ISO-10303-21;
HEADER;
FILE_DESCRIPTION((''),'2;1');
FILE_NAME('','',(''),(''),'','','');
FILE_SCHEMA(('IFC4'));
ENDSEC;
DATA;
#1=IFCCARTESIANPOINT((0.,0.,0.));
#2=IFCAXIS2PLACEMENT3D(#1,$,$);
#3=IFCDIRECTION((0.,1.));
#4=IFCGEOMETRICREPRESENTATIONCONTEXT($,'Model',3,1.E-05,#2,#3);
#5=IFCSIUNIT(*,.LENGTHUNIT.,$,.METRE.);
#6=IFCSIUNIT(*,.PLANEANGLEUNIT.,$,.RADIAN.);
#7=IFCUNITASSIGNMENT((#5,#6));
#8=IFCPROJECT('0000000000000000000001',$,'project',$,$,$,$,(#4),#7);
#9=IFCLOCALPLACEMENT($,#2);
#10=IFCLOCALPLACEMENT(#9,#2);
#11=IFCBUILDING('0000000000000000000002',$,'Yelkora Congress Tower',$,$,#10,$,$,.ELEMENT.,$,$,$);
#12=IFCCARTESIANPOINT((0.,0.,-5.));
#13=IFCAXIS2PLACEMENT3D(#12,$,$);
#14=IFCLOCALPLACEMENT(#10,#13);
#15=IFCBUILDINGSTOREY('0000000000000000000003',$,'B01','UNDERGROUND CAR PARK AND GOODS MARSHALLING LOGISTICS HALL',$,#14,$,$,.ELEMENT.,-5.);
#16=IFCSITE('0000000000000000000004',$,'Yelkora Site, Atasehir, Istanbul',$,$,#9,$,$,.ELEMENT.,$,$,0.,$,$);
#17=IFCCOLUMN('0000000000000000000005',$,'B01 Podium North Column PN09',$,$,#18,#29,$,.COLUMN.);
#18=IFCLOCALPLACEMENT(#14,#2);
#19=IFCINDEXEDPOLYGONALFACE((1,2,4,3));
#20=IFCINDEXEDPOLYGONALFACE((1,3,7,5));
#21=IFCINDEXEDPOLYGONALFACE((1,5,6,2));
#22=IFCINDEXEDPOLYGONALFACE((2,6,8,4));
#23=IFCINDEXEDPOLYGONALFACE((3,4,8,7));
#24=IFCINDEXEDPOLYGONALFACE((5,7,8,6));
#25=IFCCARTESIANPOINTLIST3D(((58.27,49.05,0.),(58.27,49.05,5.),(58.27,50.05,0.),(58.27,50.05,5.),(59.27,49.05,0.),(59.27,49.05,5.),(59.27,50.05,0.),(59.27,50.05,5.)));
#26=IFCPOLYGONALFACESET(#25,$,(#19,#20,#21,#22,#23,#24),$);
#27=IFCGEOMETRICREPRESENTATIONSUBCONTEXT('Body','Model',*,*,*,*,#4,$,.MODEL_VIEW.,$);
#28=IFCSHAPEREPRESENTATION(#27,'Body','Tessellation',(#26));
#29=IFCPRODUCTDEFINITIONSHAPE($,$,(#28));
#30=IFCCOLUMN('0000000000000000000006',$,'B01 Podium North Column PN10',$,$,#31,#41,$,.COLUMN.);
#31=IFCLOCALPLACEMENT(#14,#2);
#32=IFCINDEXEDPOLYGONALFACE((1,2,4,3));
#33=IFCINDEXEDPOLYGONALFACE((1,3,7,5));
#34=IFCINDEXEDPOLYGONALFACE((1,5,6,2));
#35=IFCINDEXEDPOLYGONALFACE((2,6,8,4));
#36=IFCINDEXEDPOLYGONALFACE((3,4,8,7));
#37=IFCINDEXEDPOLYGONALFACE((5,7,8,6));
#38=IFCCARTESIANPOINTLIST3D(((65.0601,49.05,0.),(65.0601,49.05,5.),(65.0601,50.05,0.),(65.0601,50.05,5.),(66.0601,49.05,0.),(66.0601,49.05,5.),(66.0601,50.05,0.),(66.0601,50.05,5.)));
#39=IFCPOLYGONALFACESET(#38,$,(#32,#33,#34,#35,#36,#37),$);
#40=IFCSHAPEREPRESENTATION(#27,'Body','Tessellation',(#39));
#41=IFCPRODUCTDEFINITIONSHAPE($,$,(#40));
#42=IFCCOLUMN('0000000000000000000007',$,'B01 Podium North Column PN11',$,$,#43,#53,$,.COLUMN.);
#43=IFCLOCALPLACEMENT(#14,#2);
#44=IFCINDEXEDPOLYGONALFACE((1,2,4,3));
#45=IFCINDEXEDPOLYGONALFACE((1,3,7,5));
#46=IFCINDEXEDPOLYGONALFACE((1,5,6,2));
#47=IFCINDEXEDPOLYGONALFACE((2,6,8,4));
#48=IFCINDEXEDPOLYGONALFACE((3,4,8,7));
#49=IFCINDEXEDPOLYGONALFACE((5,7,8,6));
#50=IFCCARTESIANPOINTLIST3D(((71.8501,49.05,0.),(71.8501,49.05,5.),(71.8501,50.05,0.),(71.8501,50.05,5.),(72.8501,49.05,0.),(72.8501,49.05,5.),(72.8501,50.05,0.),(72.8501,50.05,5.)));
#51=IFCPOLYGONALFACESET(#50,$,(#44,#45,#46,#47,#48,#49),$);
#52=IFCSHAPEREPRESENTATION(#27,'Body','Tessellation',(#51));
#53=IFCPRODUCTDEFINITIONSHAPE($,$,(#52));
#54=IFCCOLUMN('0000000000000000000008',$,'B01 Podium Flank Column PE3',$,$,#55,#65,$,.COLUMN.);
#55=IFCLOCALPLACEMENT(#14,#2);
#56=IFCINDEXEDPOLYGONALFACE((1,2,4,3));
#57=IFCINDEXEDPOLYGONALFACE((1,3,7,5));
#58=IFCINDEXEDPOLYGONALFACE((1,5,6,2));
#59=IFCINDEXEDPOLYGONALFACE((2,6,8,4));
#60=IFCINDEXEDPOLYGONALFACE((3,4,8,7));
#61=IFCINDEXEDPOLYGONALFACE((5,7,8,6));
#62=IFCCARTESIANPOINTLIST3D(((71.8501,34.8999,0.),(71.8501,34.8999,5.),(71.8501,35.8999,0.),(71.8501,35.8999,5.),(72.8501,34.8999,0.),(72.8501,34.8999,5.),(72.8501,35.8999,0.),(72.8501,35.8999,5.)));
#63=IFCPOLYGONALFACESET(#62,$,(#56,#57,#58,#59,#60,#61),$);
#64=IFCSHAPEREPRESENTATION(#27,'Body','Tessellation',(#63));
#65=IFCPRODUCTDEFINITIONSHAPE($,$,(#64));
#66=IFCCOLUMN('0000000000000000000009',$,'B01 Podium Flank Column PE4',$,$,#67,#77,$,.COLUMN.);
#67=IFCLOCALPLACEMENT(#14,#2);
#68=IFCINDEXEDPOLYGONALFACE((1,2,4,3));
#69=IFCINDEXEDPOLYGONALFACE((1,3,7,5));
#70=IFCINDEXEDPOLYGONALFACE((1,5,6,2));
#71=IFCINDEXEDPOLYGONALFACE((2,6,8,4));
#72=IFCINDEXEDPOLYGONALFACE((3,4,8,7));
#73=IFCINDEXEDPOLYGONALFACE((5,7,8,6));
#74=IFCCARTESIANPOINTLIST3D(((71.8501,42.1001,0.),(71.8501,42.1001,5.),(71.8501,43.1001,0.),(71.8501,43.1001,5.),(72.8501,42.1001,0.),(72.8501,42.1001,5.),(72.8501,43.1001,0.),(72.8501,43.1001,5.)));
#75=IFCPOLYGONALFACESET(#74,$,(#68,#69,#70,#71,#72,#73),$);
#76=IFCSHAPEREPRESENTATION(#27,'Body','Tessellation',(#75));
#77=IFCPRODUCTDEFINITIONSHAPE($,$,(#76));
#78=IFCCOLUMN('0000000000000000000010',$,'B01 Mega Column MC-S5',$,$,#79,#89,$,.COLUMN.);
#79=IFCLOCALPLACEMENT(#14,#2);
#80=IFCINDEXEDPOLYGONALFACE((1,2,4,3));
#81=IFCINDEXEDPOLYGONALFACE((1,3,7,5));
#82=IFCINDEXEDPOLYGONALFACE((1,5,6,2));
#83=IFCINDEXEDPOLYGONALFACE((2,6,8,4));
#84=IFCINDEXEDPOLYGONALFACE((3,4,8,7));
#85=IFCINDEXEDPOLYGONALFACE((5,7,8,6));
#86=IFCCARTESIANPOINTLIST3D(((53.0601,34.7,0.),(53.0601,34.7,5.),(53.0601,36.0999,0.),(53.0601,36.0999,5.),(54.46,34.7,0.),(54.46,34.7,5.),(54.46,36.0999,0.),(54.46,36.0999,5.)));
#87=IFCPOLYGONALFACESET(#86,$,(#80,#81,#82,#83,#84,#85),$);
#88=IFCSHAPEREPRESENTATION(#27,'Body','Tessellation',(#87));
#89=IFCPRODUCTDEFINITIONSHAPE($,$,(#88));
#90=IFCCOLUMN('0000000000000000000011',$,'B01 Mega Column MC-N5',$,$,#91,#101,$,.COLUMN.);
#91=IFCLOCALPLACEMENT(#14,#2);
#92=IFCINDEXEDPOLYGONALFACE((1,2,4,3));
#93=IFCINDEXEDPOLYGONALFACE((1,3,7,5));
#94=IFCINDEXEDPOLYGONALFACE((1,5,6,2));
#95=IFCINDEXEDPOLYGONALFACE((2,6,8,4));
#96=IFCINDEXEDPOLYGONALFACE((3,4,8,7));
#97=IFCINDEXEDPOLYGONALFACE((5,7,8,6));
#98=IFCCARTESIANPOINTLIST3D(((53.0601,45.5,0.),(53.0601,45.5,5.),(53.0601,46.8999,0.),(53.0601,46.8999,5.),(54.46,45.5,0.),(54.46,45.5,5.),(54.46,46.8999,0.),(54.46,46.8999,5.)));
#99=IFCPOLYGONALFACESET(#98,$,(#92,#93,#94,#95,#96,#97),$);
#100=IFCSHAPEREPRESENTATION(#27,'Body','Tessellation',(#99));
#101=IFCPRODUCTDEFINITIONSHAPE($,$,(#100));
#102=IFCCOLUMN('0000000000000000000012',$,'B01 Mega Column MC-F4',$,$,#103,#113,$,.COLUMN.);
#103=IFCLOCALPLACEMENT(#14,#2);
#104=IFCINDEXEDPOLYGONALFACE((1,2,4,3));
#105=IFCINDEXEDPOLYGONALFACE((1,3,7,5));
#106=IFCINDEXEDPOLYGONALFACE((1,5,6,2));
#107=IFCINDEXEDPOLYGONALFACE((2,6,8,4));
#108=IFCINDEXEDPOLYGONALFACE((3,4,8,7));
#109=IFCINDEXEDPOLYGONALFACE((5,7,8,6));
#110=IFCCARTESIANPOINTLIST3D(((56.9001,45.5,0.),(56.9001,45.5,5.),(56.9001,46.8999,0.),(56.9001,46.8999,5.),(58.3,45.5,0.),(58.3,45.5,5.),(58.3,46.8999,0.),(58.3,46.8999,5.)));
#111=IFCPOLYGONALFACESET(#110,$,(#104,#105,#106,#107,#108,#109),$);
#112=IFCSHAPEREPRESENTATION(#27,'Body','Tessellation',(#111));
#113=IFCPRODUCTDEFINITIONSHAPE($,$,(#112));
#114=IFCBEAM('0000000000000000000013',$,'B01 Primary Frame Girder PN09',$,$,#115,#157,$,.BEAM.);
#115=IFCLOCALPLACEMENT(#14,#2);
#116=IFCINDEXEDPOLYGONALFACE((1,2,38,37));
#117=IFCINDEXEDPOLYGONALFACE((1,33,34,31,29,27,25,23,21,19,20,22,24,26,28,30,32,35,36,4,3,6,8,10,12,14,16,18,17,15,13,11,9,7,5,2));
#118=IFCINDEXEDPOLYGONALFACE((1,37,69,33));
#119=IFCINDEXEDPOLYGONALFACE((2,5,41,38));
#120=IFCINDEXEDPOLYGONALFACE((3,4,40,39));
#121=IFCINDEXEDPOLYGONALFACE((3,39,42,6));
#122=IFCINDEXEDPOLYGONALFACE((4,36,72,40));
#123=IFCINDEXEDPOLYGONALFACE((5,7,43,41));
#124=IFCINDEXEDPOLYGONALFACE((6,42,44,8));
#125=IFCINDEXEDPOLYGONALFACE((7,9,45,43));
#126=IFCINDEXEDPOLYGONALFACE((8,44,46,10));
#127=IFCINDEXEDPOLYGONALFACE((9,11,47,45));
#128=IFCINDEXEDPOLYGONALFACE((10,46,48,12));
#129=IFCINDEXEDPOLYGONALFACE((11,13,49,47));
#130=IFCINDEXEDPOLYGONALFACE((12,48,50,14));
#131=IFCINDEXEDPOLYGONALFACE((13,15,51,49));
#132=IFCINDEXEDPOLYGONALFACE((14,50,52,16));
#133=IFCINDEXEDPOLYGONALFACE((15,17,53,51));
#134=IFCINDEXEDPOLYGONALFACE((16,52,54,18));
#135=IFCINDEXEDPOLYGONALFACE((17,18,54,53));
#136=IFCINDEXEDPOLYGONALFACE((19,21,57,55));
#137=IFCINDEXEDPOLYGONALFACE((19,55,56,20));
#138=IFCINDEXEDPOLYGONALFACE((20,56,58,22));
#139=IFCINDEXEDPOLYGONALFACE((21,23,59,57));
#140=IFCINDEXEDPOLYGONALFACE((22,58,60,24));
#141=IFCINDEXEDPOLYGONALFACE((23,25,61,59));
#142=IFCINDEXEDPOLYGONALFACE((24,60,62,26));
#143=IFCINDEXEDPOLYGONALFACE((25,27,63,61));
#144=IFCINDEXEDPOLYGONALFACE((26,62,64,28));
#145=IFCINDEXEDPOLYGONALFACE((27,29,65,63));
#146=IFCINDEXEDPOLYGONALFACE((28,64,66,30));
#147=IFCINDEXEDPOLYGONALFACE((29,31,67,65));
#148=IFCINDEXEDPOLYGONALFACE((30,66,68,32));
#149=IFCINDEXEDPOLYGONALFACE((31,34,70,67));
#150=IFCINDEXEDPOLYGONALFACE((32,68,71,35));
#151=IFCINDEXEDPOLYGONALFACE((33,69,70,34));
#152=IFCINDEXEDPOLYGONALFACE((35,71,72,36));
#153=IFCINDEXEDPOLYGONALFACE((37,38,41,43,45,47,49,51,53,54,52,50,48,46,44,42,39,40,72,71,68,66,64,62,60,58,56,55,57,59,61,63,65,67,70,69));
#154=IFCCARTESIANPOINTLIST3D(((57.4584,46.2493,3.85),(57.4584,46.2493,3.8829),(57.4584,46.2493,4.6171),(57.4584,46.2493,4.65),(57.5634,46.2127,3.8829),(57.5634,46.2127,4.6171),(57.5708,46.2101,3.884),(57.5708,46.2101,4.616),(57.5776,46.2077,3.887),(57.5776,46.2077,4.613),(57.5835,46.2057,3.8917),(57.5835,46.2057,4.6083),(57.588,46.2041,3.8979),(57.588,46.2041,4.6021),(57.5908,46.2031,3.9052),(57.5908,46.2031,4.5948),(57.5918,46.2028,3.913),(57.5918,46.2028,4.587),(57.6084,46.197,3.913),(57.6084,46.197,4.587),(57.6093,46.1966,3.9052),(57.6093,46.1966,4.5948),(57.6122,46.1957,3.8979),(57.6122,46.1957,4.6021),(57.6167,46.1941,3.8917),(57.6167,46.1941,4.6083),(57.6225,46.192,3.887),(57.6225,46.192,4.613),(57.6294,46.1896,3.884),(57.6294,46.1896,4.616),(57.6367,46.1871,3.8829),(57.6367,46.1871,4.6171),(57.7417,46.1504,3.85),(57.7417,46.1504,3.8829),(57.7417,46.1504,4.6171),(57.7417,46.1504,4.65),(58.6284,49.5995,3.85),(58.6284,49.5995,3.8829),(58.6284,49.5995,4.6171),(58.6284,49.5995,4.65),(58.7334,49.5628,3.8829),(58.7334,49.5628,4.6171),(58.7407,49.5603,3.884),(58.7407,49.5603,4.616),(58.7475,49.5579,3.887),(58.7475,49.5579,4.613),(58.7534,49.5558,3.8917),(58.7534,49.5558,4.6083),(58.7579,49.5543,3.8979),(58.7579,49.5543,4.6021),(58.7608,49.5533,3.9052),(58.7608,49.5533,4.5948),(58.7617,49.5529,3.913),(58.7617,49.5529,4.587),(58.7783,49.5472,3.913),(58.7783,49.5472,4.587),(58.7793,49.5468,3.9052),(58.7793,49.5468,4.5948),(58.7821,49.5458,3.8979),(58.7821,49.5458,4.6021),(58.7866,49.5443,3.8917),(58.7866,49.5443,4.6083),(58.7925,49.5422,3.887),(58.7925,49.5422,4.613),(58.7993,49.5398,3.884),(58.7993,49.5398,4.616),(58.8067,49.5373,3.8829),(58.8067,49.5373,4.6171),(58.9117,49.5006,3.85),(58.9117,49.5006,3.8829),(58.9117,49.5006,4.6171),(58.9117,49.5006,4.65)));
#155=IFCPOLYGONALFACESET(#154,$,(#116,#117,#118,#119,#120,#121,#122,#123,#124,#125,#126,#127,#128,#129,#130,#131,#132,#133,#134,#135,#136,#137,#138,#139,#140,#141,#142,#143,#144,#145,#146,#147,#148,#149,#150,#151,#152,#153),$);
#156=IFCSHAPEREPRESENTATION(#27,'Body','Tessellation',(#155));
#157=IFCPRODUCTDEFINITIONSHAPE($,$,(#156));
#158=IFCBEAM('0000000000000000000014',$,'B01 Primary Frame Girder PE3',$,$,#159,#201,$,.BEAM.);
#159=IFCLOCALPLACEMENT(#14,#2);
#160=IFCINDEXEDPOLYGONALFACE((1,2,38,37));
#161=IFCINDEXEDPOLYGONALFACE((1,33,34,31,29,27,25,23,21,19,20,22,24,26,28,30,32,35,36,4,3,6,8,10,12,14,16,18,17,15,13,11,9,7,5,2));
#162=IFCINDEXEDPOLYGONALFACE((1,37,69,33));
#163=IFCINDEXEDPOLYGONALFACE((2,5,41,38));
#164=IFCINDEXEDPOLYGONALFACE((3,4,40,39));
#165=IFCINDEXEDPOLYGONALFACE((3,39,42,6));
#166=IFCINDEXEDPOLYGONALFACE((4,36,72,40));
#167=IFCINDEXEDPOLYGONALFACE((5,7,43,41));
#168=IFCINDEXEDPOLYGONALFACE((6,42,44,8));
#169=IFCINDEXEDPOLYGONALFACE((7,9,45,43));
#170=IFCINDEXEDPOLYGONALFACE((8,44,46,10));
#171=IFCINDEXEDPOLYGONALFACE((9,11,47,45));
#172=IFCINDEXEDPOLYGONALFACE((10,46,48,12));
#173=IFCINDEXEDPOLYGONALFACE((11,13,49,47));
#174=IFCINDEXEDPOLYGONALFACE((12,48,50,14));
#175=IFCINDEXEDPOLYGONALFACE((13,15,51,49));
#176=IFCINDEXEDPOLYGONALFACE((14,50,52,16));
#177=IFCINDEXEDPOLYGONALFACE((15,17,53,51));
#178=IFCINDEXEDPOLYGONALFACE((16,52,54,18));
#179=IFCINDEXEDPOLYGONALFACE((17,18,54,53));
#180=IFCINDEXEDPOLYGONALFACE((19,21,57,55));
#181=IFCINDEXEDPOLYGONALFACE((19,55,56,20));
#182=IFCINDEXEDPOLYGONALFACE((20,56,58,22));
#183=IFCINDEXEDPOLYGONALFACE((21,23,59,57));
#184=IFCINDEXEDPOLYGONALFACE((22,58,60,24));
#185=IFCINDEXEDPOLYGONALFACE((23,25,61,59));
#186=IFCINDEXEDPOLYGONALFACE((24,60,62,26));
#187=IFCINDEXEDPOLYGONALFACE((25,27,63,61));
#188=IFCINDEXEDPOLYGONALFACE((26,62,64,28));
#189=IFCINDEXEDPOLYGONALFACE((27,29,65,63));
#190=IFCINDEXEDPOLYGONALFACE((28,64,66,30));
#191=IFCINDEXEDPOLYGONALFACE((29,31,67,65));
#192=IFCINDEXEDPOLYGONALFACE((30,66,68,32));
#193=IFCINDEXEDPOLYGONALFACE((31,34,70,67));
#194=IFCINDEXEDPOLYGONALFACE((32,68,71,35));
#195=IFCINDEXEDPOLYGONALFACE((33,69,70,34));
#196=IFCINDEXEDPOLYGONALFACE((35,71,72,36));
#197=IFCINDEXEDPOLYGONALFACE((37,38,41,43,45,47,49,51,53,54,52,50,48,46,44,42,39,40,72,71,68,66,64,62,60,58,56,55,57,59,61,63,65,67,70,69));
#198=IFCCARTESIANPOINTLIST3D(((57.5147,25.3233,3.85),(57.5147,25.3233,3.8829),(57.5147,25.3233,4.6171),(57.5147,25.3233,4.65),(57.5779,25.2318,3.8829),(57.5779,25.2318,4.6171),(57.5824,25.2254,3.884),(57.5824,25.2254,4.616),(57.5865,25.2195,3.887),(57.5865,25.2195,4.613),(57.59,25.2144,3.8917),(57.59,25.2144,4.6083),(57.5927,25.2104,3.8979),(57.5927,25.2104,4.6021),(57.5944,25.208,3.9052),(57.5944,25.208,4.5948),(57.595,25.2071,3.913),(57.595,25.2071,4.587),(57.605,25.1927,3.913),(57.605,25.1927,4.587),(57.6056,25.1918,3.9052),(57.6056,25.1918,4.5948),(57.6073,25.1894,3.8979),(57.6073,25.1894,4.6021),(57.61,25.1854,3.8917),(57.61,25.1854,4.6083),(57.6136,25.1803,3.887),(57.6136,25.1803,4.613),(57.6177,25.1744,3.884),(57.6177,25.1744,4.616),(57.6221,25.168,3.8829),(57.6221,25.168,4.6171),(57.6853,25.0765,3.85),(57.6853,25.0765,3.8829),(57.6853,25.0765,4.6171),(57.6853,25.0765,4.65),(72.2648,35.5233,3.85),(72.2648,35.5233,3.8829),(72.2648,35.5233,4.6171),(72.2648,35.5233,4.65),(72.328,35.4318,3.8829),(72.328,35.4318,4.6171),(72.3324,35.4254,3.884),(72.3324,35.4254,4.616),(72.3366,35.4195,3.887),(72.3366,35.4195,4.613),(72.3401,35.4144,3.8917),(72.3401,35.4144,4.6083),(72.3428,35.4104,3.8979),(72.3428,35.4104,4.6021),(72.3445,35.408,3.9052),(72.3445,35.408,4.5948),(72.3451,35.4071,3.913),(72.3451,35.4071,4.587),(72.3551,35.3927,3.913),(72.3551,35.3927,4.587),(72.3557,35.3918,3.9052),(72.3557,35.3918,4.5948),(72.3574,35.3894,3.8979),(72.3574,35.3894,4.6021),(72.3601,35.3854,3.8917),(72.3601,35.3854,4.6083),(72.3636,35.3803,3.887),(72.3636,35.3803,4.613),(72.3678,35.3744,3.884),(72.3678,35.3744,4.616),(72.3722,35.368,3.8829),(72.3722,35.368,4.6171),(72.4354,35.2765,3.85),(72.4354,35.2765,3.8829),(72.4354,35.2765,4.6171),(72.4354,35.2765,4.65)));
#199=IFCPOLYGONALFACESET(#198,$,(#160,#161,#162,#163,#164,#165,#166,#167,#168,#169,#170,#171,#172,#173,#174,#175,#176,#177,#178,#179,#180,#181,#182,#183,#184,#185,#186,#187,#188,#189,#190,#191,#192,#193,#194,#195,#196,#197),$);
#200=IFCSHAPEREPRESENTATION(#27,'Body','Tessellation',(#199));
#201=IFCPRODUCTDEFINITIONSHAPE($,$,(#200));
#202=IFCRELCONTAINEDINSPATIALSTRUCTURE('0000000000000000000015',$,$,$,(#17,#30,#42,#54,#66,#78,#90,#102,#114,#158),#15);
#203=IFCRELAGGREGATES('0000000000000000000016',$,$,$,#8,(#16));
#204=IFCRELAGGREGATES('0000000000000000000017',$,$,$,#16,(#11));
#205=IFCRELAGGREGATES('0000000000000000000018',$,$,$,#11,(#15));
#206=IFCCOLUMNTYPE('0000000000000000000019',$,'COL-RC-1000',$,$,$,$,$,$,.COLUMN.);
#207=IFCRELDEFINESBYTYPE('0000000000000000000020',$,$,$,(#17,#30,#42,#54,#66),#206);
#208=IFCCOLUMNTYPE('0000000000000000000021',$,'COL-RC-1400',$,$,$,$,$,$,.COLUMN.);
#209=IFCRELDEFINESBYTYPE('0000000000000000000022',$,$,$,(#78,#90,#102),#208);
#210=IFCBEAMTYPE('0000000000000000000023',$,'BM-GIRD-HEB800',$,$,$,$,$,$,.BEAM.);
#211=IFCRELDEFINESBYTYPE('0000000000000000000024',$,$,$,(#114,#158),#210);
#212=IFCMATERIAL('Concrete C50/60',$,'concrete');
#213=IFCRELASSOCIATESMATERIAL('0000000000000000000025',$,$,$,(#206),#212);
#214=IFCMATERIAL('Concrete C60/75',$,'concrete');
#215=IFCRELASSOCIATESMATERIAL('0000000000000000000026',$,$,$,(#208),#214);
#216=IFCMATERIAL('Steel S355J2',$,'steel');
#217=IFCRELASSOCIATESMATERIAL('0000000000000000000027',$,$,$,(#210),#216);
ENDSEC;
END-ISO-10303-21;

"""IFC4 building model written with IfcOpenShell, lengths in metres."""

from ifc_helpers import new_model, si_unit, direction, frame, origin, origin_2d, place, context, subcontext, project, spatial, rectangle, i_section, extrude, material, material_profile, profile_set, type_object, element, save


model = new_model("IFC4")

# Units and contexts
model_context = context("Model", 3, precision=1e-05, world=origin(), true_north=direction((0.0, 1.0)))
body_context = subcontext(model_context, "Body", "Model", "MODEL_VIEW")
ifc_project = project(units=[si_unit("LENGTHUNIT", "METRE"), si_unit("PLANEANGLEUNIT", "RADIAN")], contexts=[model_context])

# Site, building, storey
site_placement = place(None, origin())
site = spatial("IfcSite", under=ifc_project, at=site_placement, Name="Yelkora Site, Atasehir, Istanbul", CompositionType="ELEMENT", RefElevation=0.0)
building_placement = place(site_placement, origin())
building = spatial("IfcBuilding", under=site, at=building_placement, Name="Yelkora Congress Tower", CompositionType="ELEMENT")
storey_placement = place(building_placement, frame((0.0, 0.0, -5.0)))
storey = spatial("IfcBuildingStorey", under=building, at=storey_placement, Name="B01", Description="UNDERGROUND CAR PARK AND GOODS MARSHALLING LOGISTICS HALL", CompositionType="ELEMENT", Elevation=-5.0)

# Columns
ifc_material_1 = material(Name="Concrete C50/60", Category="concrete")
ifc_material_profile_1 = material_profile(ifc_material_1, rectangle(XDim=1.0, YDim=1.0, at=origin_2d()), Name="RC 1000x1000")
ifc_profile_set_1 = profile_set([ifc_material_profile_1], Name="Concrete C50/60")
column_type_1 = type_object("IfcColumnType", Name="COL-RC-1000", PredefinedType="COLUMN", material=ifc_profile_set_1)
for number, where, z_axis, x_axis, name in (
    (1, (58.77, 49.55, 0.0), (0.0, 0.0, 1.0), (1.0, 0.0, 0.0), "B01 Podium North Column PN09"),
    (2, (65.5601, 49.55, 0.0), (0.0, 0.0, 1.0), (1.0, 0.0, 0.0), "B01 Podium North Column PN10"),
    (3, (72.3501, 49.55, 0.0), (0.0, 0.0, 1.0), (1.0, 0.0, 0.0), "B01 Podium North Column PN11"),
    (4, (72.3501, 35.3999, 0.0), (0.0, 0.0, 1.0), (1.0, 0.0, 0.0), "B01 Podium Flank Column PE3"),
    (5, (72.3501, 42.6001, 0.0), (0.0, 0.0, 1.0), (1.0, 0.0, 0.0), "B01 Podium Flank Column PE4"),
):
    element("IfcColumn", number, at=place(storey_placement, frame(where, z_axis=z_axis, x_axis=x_axis)), inside=storey, type_object=column_type_1, Name=name, PredefinedType="COLUMN", context=body_context, shape_type="SweptSolid", body=[
        extrude(rectangle(XDim=1.0, YDim=1.0, at=origin_2d()), origin(), (0.0, 0.0, 1.0), 5.0),
    ])
ifc_material_2 = material(Name="Concrete C60/75", Category="concrete")
ifc_material_profile_2 = material_profile(ifc_material_2, rectangle(XDim=1.3999, YDim=1.3999, at=origin_2d()), Name="RC 1400x1400")
ifc_profile_set_2 = profile_set([ifc_material_profile_2], Name="Concrete C60/75")
column_type_2 = type_object("IfcColumnType", Name="COL-RC-1400", PredefinedType="COLUMN", material=ifc_profile_set_2)
for number, where, z_axis, x_axis, name in (
    (6, (53.76, 35.3999, 0.0), (0.0, 0.0, 1.0), (1.0, 0.0, 0.0), "B01 Mega Column MC-S5"),
    (7, (53.76, 46.2, 0.0), (0.0, 0.0, 1.0), (1.0, 0.0, 0.0), "B01 Mega Column MC-N5"),
    (8, (57.6001, 46.2, 0.0), (0.0, 0.0, 1.0), (1.0, 0.0, 0.0), "B01 Mega Column MC-F4"),
):
    element("IfcColumn", number, at=place(storey_placement, frame(where, z_axis=z_axis, x_axis=x_axis)), inside=storey, type_object=column_type_2, Name=name, PredefinedType="COLUMN", context=body_context, shape_type="SweptSolid", body=[
        extrude(rectangle(XDim=1.3999, YDim=1.3999, at=origin_2d()), origin(), (0.0, 0.0, 1.0), 5.0),
    ])

# Beams
ifc_material_3 = material(Name="Steel S355J2", Category="steel")
ifc_material_profile_3 = material_profile(ifc_material_3, i_section(OverallWidth=0.3, OverallDepth=0.8, WebThickness=0.0176, FlangeThickness=0.033, FilletRadius=0.03, at=origin_2d()), Name="HEB 800")
ifc_profile_set_3 = profile_set([ifc_material_profile_3], Name="Steel S355J2")
beam_type_1 = type_object("IfcBeamType", Name="BM-GIRD-HEB800", PredefinedType="BEAM", material=ifc_profile_set_3)
beam_1_placement = place(storey_placement, frame((58.77, 49.55, 4.25), z_axis=(-0.329695, -0.944088, 0.0), x_axis=(0.944088, -0.329695, 0.0)))
element("IfcBeam", 9, at=beam_1_placement, inside=storey, type_object=beam_type_1, Name="B01 Primary Frame Girder PN09", PredefinedType="BEAM", context=body_context, shape_type="SweptSolid", body=[
    extrude(i_section(OverallWidth=0.3, OverallDepth=0.8, WebThickness=0.0176, FlangeThickness=0.033, FilletRadius=0.03, at=origin_2d()), origin(), (0.0, 0.0, 1.0), 3.5486),
])
beam_2_placement = place(storey_placement, frame((72.3501, 35.3999, 4.25), z_axis=(-0.822494, -0.568773, 0.0), x_axis=(0.568773, -0.822494, 0.0)))
element("IfcBeam", 10, at=beam_2_placement, inside=storey, type_object=beam_type_1, Name="B01 Primary Frame Girder PE3", PredefinedType="BEAM", context=body_context, shape_type="SweptSolid", body=[
    extrude(i_section(OverallWidth=0.3, OverallDepth=0.8, WebThickness=0.0176, FlangeThickness=0.033, FilletRadius=0.03, at=origin_2d()), origin(), (0.0, 0.0, 1.0), 17.9333),
])

save(model, "model.ifc")
